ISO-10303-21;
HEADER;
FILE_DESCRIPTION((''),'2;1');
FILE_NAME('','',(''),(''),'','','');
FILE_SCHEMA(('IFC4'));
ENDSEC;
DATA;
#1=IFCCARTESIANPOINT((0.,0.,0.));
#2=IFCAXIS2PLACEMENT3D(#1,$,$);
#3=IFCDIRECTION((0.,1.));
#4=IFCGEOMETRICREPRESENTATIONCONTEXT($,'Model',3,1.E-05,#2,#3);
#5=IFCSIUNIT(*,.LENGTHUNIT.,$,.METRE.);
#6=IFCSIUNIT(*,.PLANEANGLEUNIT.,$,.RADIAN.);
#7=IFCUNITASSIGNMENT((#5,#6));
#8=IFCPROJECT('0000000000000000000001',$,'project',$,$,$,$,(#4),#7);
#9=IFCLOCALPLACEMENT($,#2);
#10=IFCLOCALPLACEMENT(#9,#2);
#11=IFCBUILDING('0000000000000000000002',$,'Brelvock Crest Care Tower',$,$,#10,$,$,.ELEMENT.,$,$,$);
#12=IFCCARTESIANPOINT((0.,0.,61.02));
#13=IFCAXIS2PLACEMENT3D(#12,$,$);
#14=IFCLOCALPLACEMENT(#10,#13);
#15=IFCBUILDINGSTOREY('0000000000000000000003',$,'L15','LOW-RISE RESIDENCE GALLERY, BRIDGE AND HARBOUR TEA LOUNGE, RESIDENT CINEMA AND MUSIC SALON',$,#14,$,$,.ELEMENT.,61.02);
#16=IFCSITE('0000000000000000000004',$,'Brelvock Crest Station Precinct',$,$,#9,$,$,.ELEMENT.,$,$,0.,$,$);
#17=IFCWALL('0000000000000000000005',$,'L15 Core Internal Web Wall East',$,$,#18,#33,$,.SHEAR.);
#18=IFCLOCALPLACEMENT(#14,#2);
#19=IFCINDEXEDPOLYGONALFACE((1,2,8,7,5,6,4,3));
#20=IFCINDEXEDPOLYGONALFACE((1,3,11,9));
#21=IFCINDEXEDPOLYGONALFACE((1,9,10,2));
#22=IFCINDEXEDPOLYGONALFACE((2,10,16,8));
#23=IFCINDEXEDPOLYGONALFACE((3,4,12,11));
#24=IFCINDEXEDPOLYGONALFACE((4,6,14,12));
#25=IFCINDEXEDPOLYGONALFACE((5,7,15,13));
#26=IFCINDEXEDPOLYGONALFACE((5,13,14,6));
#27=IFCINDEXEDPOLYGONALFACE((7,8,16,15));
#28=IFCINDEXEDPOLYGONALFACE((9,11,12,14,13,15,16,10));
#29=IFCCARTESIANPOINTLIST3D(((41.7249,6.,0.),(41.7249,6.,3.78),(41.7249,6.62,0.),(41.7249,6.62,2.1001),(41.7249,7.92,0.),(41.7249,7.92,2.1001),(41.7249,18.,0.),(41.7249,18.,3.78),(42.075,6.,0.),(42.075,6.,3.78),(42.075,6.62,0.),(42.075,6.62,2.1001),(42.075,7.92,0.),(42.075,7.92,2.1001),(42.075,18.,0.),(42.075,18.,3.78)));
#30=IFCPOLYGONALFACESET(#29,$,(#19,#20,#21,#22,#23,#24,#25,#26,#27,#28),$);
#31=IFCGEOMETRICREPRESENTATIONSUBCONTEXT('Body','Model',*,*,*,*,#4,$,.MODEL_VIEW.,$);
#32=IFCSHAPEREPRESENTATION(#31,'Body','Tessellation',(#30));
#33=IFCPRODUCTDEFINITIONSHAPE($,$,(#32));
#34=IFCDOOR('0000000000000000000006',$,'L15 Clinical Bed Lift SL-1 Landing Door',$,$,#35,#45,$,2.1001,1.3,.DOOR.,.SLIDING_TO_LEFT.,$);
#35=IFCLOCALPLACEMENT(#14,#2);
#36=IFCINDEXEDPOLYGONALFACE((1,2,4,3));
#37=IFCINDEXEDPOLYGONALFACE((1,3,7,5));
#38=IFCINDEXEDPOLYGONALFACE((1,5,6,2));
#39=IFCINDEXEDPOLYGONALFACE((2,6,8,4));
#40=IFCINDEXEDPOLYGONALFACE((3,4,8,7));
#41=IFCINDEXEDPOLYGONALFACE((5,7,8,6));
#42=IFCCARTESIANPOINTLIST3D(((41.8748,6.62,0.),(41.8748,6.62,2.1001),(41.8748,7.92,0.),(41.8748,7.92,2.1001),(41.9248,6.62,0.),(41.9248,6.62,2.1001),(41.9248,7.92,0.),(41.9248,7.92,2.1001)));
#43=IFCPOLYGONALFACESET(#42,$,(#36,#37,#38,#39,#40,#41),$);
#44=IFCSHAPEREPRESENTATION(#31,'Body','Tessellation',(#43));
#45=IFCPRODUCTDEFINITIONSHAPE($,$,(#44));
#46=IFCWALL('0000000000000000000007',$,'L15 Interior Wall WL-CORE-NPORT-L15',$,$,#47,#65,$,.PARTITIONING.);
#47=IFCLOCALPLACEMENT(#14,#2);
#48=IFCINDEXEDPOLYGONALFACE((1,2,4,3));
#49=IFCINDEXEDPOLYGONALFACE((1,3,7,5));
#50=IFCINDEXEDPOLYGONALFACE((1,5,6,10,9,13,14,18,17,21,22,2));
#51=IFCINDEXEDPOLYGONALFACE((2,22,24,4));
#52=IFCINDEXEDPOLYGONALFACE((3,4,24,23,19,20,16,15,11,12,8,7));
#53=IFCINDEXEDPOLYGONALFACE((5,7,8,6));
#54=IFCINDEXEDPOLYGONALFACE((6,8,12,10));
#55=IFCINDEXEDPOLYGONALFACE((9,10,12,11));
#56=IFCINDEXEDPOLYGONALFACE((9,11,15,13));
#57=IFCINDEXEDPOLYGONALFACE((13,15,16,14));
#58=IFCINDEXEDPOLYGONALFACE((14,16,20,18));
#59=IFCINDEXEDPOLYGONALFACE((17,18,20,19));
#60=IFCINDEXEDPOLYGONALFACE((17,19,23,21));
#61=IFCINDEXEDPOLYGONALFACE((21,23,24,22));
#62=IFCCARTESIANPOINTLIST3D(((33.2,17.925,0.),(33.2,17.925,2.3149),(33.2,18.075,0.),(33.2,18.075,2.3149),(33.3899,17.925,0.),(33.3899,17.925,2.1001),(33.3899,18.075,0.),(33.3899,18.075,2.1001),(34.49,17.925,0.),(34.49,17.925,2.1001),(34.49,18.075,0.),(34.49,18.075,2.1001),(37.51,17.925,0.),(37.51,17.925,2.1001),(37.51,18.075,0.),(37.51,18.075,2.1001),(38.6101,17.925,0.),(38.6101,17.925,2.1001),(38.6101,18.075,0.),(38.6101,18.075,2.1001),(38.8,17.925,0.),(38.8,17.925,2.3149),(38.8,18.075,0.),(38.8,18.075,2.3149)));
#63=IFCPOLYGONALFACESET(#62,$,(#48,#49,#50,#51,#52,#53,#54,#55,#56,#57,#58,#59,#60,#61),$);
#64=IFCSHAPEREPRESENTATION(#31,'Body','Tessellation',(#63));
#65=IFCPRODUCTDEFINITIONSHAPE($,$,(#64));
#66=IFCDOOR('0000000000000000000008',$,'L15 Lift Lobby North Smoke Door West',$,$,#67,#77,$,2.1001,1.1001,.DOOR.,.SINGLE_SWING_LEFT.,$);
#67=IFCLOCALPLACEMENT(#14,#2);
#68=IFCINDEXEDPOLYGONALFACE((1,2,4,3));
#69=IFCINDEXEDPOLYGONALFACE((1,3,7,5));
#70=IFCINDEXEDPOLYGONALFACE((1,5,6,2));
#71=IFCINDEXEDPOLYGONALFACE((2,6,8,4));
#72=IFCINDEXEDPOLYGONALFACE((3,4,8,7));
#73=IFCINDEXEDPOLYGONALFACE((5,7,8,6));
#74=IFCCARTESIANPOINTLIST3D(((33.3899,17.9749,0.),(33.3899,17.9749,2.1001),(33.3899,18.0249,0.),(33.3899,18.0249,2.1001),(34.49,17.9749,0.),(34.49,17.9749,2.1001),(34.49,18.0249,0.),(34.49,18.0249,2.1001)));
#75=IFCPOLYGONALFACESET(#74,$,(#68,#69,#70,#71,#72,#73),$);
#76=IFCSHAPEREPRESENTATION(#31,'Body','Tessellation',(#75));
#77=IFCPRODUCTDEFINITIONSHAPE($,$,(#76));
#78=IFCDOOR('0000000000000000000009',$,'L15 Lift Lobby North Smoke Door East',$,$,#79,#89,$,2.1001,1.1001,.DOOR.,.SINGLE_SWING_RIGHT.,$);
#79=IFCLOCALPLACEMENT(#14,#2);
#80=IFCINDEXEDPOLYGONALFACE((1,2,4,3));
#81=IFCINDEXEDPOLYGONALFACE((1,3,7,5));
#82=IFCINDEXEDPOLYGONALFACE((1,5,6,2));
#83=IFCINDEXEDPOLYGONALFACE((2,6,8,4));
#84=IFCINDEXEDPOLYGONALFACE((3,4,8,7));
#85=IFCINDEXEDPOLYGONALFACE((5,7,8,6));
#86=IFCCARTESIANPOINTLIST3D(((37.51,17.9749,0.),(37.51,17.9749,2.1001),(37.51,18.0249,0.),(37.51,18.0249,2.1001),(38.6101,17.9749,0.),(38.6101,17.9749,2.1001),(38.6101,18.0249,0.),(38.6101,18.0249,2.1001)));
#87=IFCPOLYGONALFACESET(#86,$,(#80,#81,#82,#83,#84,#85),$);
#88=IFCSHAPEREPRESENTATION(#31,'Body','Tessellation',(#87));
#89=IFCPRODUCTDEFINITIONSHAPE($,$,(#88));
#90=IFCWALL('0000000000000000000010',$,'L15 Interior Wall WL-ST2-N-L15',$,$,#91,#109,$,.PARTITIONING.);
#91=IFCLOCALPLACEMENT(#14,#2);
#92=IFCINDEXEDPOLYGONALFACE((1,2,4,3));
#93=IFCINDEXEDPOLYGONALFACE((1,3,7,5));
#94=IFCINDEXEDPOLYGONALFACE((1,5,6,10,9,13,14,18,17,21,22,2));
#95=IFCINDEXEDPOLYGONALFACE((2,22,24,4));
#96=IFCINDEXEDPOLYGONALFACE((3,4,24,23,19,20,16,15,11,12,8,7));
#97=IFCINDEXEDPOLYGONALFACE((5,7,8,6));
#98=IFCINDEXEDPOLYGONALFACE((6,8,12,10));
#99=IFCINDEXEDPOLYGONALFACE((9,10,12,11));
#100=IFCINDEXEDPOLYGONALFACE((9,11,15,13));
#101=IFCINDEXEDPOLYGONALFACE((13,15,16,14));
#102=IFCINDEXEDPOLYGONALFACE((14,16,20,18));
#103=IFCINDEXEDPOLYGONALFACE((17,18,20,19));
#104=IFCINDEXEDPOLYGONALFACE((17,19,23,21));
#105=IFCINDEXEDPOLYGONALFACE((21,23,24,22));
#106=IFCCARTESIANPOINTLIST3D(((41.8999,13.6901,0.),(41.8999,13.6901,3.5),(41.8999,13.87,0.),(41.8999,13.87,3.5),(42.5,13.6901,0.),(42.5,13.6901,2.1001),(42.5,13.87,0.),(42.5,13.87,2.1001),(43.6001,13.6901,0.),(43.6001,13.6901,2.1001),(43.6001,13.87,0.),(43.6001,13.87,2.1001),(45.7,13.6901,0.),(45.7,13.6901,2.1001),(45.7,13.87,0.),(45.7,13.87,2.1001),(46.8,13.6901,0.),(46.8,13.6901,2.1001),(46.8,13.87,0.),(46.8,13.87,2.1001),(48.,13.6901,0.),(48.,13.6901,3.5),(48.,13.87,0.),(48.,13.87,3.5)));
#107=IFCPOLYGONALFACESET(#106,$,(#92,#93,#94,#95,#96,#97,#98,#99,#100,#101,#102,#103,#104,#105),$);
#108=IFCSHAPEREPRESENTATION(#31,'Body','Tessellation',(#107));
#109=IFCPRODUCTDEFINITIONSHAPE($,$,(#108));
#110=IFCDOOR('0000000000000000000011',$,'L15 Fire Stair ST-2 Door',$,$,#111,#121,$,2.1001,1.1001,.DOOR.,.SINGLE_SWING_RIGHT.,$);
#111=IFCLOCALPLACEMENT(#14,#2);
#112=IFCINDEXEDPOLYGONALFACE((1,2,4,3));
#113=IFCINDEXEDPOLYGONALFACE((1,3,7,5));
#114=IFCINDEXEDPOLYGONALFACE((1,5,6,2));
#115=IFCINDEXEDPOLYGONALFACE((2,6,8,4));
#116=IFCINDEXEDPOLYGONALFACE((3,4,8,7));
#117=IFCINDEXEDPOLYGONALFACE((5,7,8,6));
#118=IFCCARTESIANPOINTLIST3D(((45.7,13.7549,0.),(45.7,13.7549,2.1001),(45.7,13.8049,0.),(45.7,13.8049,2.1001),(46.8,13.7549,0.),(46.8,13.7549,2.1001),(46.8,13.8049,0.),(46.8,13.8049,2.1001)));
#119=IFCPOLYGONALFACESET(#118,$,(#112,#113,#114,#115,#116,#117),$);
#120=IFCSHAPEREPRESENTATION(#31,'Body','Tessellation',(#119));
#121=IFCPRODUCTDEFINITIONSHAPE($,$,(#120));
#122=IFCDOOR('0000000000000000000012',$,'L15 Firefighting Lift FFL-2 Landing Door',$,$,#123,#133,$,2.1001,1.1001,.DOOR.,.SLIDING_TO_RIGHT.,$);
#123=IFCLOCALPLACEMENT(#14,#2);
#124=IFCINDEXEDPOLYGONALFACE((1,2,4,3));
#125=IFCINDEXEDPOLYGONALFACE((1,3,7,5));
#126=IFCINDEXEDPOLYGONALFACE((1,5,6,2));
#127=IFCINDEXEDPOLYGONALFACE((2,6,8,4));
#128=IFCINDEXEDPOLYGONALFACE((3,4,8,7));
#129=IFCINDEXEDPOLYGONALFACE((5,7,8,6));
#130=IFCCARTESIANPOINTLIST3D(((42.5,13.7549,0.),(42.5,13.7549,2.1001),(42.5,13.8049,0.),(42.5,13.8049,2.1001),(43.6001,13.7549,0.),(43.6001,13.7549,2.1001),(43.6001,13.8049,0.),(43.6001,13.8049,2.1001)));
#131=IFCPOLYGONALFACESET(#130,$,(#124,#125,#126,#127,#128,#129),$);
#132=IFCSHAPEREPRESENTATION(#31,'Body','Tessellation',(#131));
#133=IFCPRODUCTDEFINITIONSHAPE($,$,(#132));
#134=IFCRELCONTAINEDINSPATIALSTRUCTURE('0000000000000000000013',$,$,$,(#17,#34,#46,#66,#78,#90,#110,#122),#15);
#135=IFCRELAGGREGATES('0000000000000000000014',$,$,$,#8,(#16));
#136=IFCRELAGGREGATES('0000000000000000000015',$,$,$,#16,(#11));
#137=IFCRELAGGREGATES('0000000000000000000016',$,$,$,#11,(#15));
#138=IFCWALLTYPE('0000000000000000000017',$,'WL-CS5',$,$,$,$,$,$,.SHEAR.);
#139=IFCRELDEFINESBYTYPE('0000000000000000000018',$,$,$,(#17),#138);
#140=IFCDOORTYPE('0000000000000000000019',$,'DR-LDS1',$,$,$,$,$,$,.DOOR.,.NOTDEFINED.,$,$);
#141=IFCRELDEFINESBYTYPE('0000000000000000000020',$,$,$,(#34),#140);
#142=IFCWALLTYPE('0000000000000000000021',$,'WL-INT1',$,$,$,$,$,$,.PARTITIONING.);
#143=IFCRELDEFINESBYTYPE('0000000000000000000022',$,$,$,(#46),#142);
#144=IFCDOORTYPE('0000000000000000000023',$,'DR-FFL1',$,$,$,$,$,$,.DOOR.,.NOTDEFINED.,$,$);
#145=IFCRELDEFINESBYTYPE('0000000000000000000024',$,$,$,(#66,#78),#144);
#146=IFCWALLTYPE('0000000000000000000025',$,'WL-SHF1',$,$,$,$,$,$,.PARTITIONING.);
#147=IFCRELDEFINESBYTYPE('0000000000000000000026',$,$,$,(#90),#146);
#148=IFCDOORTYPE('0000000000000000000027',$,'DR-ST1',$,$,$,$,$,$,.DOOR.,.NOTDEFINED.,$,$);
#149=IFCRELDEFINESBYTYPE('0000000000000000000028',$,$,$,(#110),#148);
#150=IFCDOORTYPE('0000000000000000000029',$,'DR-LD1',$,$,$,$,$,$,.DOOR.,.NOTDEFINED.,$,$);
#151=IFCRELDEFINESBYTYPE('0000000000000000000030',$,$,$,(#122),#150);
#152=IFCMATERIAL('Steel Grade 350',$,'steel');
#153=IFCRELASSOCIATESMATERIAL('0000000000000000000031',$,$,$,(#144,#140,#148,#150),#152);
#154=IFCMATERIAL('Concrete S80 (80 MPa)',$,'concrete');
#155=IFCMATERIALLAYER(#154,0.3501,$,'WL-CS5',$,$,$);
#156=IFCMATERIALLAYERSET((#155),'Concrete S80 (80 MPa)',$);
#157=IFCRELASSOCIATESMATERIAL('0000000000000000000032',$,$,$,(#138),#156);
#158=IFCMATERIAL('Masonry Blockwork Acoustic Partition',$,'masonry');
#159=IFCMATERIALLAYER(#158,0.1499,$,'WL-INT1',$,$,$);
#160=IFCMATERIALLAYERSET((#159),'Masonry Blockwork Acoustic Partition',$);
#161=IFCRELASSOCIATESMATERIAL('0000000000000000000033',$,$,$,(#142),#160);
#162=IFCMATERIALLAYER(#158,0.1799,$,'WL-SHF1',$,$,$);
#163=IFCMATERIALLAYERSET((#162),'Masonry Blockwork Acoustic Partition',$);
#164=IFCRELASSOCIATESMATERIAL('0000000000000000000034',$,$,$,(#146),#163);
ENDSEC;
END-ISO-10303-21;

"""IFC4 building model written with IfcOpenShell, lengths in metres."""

from ifc_helpers import new_model, si_unit, direction, frame, frame_2d, origin, origin_2d, place, context, subcontext, project, spatial, rectangle, extrude, source, transform, mapped, material, layer, layer_set, type_object, element, fill, save


model = new_model("IFC4")

# Units and contexts
model_context = context("Model", 3, precision=1e-05, world=origin(), true_north=direction((0.0, 1.0)))
body_context = subcontext(model_context, "Body", "Model", "MODEL_VIEW")
ifc_project = project(units=[si_unit("LENGTHUNIT", "METRE"), si_unit("PLANEANGLEUNIT", "RADIAN")], contexts=[model_context])

# Site, building, storey
site_placement = place(None, origin())
site = spatial("IfcSite", under=ifc_project, at=site_placement, Name="Brelvock Crest Station Precinct", CompositionType="ELEMENT", RefElevation=0.0)
building_placement = place(site_placement, origin())
building = spatial("IfcBuilding", under=site, at=building_placement, Name="Brelvock Crest Care Tower", CompositionType="ELEMENT")
storey_placement = place(building_placement, frame((0.0, 0.0, 61.02)))
storey = spatial("IfcBuildingStorey", under=building, at=storey_placement, Name="L15", Description="LOW-RISE RESIDENCE GALLERY, BRIDGE AND HARBOUR TEA LOUNGE, RESIDENT CINEMA AND MUSIC SALON", CompositionType="ELEMENT", Elevation=61.02)

# Shared definitions
ifc_material_1 = material(Name="Concrete S80 (80 MPa)", Category="concrete")
ifc_material_2 = material(Name="Steel Grade 350", Category="steel")

# Wall, opening, door
door_type_1 = type_object("IfcDoorType", Name="DR-FFL1", OperationType="NOTDEFINED", PredefinedType="DOOR", material=ifc_material_2)
shared_shape_1 = source(origin(), body_context, "Body", "SweptSolid", [
    extrude(rectangle(XDim=1.1001, YDim=2.1001, at=origin_2d()), frame((0.55, 0.0249, 1.05), z_axis=(0.0, -1.0, 0.0), x_axis=(1.0, 0.0, 0.0)), (0.0, 0.0, 1.0), 0.05),
])
ifc_layer_1 = layer(ifc_material_1, 0.3501, Name="WL-CS5")
ifc_layer_set_1 = layer_set([ifc_layer_1], Name="Concrete S80 (80 MPa)")
wall_type_1 = type_object("IfcWallType", Name="WL-CS5", PredefinedType="SHEAR", material=ifc_layer_set_1)
wall_1_placement = place(storey_placement, frame((41.8999, 18.0, 0.0), z_axis=(0.0, 0.0, 1.0), x_axis=(0.0, -1.0, 0.0)))
wall_1 = element("IfcWall", 1, at=wall_1_placement, inside=storey, type_object=wall_type_1, Name="L15 Core Internal Web Wall East", PredefinedType="SHEAR", context=body_context, shape_type="SweptSolid", body=[
    extrude(rectangle(XDim=12.0, YDim=0.3501, at=frame_2d((6.0, 0.0))), origin(), (0.0, 0.0, 1.0), 3.78),
])
opening_1_placement = place(wall_1_placement, frame((10.0801, 0.0, 0.0)))
opening_1 = element("IfcOpeningElement", 2, at=opening_1_placement, cuts=wall_1, PredefinedType="OPENING", context=body_context, shape_type="SweptSolid", body=[
    extrude(rectangle(XDim=1.3, YDim=2.1001, at=origin_2d()), frame((0.6499, 0.1851, 1.05), z_axis=(0.0, -1.0, 0.0), x_axis=(1.0, 0.0, 0.0)), (0.0, 0.0, 1.0), 0.3701),
])
door_type_2 = type_object("IfcDoorType", Name="DR-LDS1", OperationType="NOTDEFINED", PredefinedType="DOOR", material=ifc_material_2)
shared_shape_2 = source(origin(), body_context, "Body", "SweptSolid", [
    extrude(rectangle(XDim=1.3, YDim=2.1001, at=origin_2d()), frame((0.6499, 0.0249, 1.05), z_axis=(0.0, -1.0, 0.0), x_axis=(1.0, 0.0, 0.0)), (0.0, 0.0, 1.0), 0.05),
])
door_1_placement = place(opening_1_placement, origin())
door_1 = element("IfcDoor", 3, at=door_1_placement, inside=storey, type_object=door_type_2, Name="L15 Clinical Bed Lift SL-1 Landing Door", OperationType="SLIDING_TO_LEFT", OverallHeight=2.1001, OverallWidth=1.3, PredefinedType="DOOR", context=body_context, shape_type="MappedRepresentation", body=[
    mapped(shared_shape_2, transform((0.0, 0.0, 0.0), x_axis=(1.0, 0.0, 0.0), y_axis=(0.0, 1.0, 0.0), z_axis=(0.0, 0.0, 1.0), scale=1.0)),
])
fill(opening_1, door_1)

# Walls, openings, doors
ifc_material_3 = material(Name="Masonry Blockwork Acoustic Partition", Category="masonry")
ifc_layer_2 = layer(ifc_material_3, 0.1499, Name="WL-INT1")
ifc_layer_set_2 = layer_set([ifc_layer_2], Name="Masonry Blockwork Acoustic Partition")
wall_type_2 = type_object("IfcWallType", Name="WL-INT1", PredefinedType="PARTITIONING", material=ifc_layer_set_2)
wall_2_placement = place(storey_placement, frame((33.2, 18.0, 0.0), z_axis=(0.0, 0.0, 1.0), x_axis=(1.0, 0.0, 0.0)))
wall_2 = element("IfcWall", 4, at=wall_2_placement, inside=storey, type_object=wall_type_2, Name="L15 Interior Wall WL-CORE-NPORT-L15", PredefinedType="PARTITIONING", context=body_context, shape_type="SweptSolid", body=[
    extrude(rectangle(XDim=5.6001, YDim=0.1499, at=frame_2d((2.8, 0.0))), origin(), (0.0, 0.0, 1.0), 2.3149),
])
opening_2_placement = place(wall_2_placement, frame((0.1899, 0.0, 0.0)))
opening_2 = element("IfcOpeningElement", 5, at=opening_2_placement, cuts=wall_2, PredefinedType="OPENING", context=body_context, shape_type="SweptSolid", body=[
    extrude(rectangle(XDim=1.1001, YDim=2.1001, at=origin_2d()), frame((0.55, 0.085, 1.05), z_axis=(0.0, -1.0, 0.0), x_axis=(1.0, 0.0, 0.0)), (0.0, 0.0, 1.0), 0.1699),
])
opening_3_placement = place(wall_2_placement, frame((4.3101, 0.0, 0.0)))
opening_3 = element("IfcOpeningElement", 6, at=opening_3_placement, cuts=wall_2, PredefinedType="OPENING", context=body_context, shape_type="SweptSolid", body=[
    extrude(rectangle(XDim=1.1001, YDim=2.1001, at=origin_2d()), frame((0.55, 0.085, 1.05), z_axis=(0.0, -1.0, 0.0), x_axis=(1.0, 0.0, 0.0)), (0.0, 0.0, 1.0), 0.1699),
])
door_2_placement = place(opening_2_placement, origin())
door_2 = element("IfcDoor", 7, at=door_2_placement, inside=storey, type_object=door_type_1, Name="L15 Lift Lobby North Smoke Door West", OperationType="SINGLE_SWING_LEFT", OverallHeight=2.1001, OverallWidth=1.1001, PredefinedType="DOOR", context=body_context, shape_type="MappedRepresentation", body=[
    mapped(shared_shape_1, transform((0.0, 0.0, 0.0), x_axis=(1.0, 0.0, 0.0), y_axis=(0.0, 1.0, 0.0), z_axis=(0.0, 0.0, 1.0), scale=1.0)),
])
fill(opening_2, door_2)
door_3_placement = place(opening_3_placement, origin())
door_3 = element("IfcDoor", 8, at=door_3_placement, inside=storey, type_object=door_type_1, Name="L15 Lift Lobby North Smoke Door East", OperationType="SINGLE_SWING_RIGHT", OverallHeight=2.1001, OverallWidth=1.1001, PredefinedType="DOOR", context=body_context, shape_type="MappedRepresentation", body=[
    mapped(shared_shape_1, transform((0.0, 0.0, 0.0), x_axis=(1.0, 0.0, 0.0), y_axis=(0.0, 1.0, 0.0), z_axis=(0.0, 0.0, 1.0), scale=1.0)),
])
fill(opening_3, door_3)
ifc_layer_3 = layer(ifc_material_3, 0.1799, Name="WL-SHF1")
ifc_layer_set_3 = layer_set([ifc_layer_3], Name="Masonry Blockwork Acoustic Partition")
wall_type_3 = type_object("IfcWallType", Name="WL-SHF1", PredefinedType="PARTITIONING", material=ifc_layer_set_3)
wall_3_placement = place(storey_placement, frame((41.8999, 13.78, 0.0), z_axis=(0.0, 0.0, 1.0), x_axis=(1.0, 0.0, 0.0)))
wall_3 = element("IfcWall", 9, at=wall_3_placement, inside=storey, type_object=wall_type_3, Name="L15 Interior Wall WL-ST2-N-L15", PredefinedType="PARTITIONING", context=body_context, shape_type="SweptSolid", body=[
    extrude(rectangle(XDim=6.1001, YDim=0.1799, at=frame_2d((3.05, 0.0))), origin(), (0.0, 0.0, 1.0), 3.5),
])
opening_4_placement = place(wall_3_placement, frame((0.6001, 0.0, 0.0)))
opening_4 = element("IfcOpeningElement", 10, at=opening_4_placement, cuts=wall_3, PredefinedType="OPENING", context=body_context, shape_type="SweptSolid", body=[
    extrude(rectangle(XDim=1.1001, YDim=2.1001, at=origin_2d()), frame((0.55, 0.1001, 1.05), z_axis=(0.0, -1.0, 0.0), x_axis=(1.0, 0.0, 0.0)), (0.0, 0.0, 1.0), 0.2),
])
opening_5_placement = place(wall_3_placement, frame((3.8, 0.0, 0.0)))
opening_5 = element("IfcOpeningElement", 11, at=opening_5_placement, cuts=wall_3, PredefinedType="OPENING", context=body_context, shape_type="SweptSolid", body=[
    extrude(rectangle(XDim=1.1001, YDim=2.1001, at=origin_2d()), frame((0.55, 0.1001, 1.05), z_axis=(0.0, -1.0, 0.0), x_axis=(1.0, 0.0, 0.0)), (0.0, 0.0, 1.0), 0.2),
])
door_type_3 = type_object("IfcDoorType", Name="DR-ST1", OperationType="NOTDEFINED", PredefinedType="DOOR", material=ifc_material_2)
shared_shape_3 = source(origin(), body_context, "Body", "SweptSolid", [
    extrude(rectangle(XDim=1.1001, YDim=2.1001, at=origin_2d()), frame((0.55, 0.0249, 1.05), z_axis=(0.0, -1.0, 0.0), x_axis=(1.0, 0.0, 0.0)), (0.0, 0.0, 1.0), 0.05),
])
door_4_placement = place(opening_5_placement, origin())
door_4 = element("IfcDoor", 12, at=door_4_placement, inside=storey, type_object=door_type_3, Name="L15 Fire Stair ST-2 Door", OperationType="SINGLE_SWING_RIGHT", OverallHeight=2.1001, OverallWidth=1.1001, PredefinedType="DOOR", context=body_context, shape_type="MappedRepresentation", body=[
    mapped(shared_shape_3, transform((0.0, 0.0, 0.0), x_axis=(1.0, 0.0, 0.0), y_axis=(0.0, 1.0, 0.0), z_axis=(0.0, 0.0, 1.0), scale=1.0)),
])
fill(opening_5, door_4)
door_type_4 = type_object("IfcDoorType", Name="DR-LD1", OperationType="NOTDEFINED", PredefinedType="DOOR", material=ifc_material_2)
shared_shape_4 = source(origin(), body_context, "Body", "SweptSolid", [
    extrude(rectangle(XDim=1.1001, YDim=2.1001, at=origin_2d()), frame((0.55, 0.0249, 1.05), z_axis=(0.0, -1.0, 0.0), x_axis=(1.0, 0.0, 0.0)), (0.0, 0.0, 1.0), 0.05),
])
door_5_placement = place(opening_4_placement, origin())
door_5 = element("IfcDoor", 13, at=door_5_placement, inside=storey, type_object=door_type_4, Name="L15 Firefighting Lift FFL-2 Landing Door", OperationType="SLIDING_TO_RIGHT", OverallHeight=2.1001, OverallWidth=1.1001, PredefinedType="DOOR", context=body_context, shape_type="MappedRepresentation", body=[
    mapped(shared_shape_4, transform((0.0, 0.0, 0.0), x_axis=(1.0, 0.0, 0.0), y_axis=(0.0, 1.0, 0.0), z_axis=(0.0, 0.0, 1.0), scale=1.0)),
])
fill(opening_4, door_5)

save(model, "model.ifc")
